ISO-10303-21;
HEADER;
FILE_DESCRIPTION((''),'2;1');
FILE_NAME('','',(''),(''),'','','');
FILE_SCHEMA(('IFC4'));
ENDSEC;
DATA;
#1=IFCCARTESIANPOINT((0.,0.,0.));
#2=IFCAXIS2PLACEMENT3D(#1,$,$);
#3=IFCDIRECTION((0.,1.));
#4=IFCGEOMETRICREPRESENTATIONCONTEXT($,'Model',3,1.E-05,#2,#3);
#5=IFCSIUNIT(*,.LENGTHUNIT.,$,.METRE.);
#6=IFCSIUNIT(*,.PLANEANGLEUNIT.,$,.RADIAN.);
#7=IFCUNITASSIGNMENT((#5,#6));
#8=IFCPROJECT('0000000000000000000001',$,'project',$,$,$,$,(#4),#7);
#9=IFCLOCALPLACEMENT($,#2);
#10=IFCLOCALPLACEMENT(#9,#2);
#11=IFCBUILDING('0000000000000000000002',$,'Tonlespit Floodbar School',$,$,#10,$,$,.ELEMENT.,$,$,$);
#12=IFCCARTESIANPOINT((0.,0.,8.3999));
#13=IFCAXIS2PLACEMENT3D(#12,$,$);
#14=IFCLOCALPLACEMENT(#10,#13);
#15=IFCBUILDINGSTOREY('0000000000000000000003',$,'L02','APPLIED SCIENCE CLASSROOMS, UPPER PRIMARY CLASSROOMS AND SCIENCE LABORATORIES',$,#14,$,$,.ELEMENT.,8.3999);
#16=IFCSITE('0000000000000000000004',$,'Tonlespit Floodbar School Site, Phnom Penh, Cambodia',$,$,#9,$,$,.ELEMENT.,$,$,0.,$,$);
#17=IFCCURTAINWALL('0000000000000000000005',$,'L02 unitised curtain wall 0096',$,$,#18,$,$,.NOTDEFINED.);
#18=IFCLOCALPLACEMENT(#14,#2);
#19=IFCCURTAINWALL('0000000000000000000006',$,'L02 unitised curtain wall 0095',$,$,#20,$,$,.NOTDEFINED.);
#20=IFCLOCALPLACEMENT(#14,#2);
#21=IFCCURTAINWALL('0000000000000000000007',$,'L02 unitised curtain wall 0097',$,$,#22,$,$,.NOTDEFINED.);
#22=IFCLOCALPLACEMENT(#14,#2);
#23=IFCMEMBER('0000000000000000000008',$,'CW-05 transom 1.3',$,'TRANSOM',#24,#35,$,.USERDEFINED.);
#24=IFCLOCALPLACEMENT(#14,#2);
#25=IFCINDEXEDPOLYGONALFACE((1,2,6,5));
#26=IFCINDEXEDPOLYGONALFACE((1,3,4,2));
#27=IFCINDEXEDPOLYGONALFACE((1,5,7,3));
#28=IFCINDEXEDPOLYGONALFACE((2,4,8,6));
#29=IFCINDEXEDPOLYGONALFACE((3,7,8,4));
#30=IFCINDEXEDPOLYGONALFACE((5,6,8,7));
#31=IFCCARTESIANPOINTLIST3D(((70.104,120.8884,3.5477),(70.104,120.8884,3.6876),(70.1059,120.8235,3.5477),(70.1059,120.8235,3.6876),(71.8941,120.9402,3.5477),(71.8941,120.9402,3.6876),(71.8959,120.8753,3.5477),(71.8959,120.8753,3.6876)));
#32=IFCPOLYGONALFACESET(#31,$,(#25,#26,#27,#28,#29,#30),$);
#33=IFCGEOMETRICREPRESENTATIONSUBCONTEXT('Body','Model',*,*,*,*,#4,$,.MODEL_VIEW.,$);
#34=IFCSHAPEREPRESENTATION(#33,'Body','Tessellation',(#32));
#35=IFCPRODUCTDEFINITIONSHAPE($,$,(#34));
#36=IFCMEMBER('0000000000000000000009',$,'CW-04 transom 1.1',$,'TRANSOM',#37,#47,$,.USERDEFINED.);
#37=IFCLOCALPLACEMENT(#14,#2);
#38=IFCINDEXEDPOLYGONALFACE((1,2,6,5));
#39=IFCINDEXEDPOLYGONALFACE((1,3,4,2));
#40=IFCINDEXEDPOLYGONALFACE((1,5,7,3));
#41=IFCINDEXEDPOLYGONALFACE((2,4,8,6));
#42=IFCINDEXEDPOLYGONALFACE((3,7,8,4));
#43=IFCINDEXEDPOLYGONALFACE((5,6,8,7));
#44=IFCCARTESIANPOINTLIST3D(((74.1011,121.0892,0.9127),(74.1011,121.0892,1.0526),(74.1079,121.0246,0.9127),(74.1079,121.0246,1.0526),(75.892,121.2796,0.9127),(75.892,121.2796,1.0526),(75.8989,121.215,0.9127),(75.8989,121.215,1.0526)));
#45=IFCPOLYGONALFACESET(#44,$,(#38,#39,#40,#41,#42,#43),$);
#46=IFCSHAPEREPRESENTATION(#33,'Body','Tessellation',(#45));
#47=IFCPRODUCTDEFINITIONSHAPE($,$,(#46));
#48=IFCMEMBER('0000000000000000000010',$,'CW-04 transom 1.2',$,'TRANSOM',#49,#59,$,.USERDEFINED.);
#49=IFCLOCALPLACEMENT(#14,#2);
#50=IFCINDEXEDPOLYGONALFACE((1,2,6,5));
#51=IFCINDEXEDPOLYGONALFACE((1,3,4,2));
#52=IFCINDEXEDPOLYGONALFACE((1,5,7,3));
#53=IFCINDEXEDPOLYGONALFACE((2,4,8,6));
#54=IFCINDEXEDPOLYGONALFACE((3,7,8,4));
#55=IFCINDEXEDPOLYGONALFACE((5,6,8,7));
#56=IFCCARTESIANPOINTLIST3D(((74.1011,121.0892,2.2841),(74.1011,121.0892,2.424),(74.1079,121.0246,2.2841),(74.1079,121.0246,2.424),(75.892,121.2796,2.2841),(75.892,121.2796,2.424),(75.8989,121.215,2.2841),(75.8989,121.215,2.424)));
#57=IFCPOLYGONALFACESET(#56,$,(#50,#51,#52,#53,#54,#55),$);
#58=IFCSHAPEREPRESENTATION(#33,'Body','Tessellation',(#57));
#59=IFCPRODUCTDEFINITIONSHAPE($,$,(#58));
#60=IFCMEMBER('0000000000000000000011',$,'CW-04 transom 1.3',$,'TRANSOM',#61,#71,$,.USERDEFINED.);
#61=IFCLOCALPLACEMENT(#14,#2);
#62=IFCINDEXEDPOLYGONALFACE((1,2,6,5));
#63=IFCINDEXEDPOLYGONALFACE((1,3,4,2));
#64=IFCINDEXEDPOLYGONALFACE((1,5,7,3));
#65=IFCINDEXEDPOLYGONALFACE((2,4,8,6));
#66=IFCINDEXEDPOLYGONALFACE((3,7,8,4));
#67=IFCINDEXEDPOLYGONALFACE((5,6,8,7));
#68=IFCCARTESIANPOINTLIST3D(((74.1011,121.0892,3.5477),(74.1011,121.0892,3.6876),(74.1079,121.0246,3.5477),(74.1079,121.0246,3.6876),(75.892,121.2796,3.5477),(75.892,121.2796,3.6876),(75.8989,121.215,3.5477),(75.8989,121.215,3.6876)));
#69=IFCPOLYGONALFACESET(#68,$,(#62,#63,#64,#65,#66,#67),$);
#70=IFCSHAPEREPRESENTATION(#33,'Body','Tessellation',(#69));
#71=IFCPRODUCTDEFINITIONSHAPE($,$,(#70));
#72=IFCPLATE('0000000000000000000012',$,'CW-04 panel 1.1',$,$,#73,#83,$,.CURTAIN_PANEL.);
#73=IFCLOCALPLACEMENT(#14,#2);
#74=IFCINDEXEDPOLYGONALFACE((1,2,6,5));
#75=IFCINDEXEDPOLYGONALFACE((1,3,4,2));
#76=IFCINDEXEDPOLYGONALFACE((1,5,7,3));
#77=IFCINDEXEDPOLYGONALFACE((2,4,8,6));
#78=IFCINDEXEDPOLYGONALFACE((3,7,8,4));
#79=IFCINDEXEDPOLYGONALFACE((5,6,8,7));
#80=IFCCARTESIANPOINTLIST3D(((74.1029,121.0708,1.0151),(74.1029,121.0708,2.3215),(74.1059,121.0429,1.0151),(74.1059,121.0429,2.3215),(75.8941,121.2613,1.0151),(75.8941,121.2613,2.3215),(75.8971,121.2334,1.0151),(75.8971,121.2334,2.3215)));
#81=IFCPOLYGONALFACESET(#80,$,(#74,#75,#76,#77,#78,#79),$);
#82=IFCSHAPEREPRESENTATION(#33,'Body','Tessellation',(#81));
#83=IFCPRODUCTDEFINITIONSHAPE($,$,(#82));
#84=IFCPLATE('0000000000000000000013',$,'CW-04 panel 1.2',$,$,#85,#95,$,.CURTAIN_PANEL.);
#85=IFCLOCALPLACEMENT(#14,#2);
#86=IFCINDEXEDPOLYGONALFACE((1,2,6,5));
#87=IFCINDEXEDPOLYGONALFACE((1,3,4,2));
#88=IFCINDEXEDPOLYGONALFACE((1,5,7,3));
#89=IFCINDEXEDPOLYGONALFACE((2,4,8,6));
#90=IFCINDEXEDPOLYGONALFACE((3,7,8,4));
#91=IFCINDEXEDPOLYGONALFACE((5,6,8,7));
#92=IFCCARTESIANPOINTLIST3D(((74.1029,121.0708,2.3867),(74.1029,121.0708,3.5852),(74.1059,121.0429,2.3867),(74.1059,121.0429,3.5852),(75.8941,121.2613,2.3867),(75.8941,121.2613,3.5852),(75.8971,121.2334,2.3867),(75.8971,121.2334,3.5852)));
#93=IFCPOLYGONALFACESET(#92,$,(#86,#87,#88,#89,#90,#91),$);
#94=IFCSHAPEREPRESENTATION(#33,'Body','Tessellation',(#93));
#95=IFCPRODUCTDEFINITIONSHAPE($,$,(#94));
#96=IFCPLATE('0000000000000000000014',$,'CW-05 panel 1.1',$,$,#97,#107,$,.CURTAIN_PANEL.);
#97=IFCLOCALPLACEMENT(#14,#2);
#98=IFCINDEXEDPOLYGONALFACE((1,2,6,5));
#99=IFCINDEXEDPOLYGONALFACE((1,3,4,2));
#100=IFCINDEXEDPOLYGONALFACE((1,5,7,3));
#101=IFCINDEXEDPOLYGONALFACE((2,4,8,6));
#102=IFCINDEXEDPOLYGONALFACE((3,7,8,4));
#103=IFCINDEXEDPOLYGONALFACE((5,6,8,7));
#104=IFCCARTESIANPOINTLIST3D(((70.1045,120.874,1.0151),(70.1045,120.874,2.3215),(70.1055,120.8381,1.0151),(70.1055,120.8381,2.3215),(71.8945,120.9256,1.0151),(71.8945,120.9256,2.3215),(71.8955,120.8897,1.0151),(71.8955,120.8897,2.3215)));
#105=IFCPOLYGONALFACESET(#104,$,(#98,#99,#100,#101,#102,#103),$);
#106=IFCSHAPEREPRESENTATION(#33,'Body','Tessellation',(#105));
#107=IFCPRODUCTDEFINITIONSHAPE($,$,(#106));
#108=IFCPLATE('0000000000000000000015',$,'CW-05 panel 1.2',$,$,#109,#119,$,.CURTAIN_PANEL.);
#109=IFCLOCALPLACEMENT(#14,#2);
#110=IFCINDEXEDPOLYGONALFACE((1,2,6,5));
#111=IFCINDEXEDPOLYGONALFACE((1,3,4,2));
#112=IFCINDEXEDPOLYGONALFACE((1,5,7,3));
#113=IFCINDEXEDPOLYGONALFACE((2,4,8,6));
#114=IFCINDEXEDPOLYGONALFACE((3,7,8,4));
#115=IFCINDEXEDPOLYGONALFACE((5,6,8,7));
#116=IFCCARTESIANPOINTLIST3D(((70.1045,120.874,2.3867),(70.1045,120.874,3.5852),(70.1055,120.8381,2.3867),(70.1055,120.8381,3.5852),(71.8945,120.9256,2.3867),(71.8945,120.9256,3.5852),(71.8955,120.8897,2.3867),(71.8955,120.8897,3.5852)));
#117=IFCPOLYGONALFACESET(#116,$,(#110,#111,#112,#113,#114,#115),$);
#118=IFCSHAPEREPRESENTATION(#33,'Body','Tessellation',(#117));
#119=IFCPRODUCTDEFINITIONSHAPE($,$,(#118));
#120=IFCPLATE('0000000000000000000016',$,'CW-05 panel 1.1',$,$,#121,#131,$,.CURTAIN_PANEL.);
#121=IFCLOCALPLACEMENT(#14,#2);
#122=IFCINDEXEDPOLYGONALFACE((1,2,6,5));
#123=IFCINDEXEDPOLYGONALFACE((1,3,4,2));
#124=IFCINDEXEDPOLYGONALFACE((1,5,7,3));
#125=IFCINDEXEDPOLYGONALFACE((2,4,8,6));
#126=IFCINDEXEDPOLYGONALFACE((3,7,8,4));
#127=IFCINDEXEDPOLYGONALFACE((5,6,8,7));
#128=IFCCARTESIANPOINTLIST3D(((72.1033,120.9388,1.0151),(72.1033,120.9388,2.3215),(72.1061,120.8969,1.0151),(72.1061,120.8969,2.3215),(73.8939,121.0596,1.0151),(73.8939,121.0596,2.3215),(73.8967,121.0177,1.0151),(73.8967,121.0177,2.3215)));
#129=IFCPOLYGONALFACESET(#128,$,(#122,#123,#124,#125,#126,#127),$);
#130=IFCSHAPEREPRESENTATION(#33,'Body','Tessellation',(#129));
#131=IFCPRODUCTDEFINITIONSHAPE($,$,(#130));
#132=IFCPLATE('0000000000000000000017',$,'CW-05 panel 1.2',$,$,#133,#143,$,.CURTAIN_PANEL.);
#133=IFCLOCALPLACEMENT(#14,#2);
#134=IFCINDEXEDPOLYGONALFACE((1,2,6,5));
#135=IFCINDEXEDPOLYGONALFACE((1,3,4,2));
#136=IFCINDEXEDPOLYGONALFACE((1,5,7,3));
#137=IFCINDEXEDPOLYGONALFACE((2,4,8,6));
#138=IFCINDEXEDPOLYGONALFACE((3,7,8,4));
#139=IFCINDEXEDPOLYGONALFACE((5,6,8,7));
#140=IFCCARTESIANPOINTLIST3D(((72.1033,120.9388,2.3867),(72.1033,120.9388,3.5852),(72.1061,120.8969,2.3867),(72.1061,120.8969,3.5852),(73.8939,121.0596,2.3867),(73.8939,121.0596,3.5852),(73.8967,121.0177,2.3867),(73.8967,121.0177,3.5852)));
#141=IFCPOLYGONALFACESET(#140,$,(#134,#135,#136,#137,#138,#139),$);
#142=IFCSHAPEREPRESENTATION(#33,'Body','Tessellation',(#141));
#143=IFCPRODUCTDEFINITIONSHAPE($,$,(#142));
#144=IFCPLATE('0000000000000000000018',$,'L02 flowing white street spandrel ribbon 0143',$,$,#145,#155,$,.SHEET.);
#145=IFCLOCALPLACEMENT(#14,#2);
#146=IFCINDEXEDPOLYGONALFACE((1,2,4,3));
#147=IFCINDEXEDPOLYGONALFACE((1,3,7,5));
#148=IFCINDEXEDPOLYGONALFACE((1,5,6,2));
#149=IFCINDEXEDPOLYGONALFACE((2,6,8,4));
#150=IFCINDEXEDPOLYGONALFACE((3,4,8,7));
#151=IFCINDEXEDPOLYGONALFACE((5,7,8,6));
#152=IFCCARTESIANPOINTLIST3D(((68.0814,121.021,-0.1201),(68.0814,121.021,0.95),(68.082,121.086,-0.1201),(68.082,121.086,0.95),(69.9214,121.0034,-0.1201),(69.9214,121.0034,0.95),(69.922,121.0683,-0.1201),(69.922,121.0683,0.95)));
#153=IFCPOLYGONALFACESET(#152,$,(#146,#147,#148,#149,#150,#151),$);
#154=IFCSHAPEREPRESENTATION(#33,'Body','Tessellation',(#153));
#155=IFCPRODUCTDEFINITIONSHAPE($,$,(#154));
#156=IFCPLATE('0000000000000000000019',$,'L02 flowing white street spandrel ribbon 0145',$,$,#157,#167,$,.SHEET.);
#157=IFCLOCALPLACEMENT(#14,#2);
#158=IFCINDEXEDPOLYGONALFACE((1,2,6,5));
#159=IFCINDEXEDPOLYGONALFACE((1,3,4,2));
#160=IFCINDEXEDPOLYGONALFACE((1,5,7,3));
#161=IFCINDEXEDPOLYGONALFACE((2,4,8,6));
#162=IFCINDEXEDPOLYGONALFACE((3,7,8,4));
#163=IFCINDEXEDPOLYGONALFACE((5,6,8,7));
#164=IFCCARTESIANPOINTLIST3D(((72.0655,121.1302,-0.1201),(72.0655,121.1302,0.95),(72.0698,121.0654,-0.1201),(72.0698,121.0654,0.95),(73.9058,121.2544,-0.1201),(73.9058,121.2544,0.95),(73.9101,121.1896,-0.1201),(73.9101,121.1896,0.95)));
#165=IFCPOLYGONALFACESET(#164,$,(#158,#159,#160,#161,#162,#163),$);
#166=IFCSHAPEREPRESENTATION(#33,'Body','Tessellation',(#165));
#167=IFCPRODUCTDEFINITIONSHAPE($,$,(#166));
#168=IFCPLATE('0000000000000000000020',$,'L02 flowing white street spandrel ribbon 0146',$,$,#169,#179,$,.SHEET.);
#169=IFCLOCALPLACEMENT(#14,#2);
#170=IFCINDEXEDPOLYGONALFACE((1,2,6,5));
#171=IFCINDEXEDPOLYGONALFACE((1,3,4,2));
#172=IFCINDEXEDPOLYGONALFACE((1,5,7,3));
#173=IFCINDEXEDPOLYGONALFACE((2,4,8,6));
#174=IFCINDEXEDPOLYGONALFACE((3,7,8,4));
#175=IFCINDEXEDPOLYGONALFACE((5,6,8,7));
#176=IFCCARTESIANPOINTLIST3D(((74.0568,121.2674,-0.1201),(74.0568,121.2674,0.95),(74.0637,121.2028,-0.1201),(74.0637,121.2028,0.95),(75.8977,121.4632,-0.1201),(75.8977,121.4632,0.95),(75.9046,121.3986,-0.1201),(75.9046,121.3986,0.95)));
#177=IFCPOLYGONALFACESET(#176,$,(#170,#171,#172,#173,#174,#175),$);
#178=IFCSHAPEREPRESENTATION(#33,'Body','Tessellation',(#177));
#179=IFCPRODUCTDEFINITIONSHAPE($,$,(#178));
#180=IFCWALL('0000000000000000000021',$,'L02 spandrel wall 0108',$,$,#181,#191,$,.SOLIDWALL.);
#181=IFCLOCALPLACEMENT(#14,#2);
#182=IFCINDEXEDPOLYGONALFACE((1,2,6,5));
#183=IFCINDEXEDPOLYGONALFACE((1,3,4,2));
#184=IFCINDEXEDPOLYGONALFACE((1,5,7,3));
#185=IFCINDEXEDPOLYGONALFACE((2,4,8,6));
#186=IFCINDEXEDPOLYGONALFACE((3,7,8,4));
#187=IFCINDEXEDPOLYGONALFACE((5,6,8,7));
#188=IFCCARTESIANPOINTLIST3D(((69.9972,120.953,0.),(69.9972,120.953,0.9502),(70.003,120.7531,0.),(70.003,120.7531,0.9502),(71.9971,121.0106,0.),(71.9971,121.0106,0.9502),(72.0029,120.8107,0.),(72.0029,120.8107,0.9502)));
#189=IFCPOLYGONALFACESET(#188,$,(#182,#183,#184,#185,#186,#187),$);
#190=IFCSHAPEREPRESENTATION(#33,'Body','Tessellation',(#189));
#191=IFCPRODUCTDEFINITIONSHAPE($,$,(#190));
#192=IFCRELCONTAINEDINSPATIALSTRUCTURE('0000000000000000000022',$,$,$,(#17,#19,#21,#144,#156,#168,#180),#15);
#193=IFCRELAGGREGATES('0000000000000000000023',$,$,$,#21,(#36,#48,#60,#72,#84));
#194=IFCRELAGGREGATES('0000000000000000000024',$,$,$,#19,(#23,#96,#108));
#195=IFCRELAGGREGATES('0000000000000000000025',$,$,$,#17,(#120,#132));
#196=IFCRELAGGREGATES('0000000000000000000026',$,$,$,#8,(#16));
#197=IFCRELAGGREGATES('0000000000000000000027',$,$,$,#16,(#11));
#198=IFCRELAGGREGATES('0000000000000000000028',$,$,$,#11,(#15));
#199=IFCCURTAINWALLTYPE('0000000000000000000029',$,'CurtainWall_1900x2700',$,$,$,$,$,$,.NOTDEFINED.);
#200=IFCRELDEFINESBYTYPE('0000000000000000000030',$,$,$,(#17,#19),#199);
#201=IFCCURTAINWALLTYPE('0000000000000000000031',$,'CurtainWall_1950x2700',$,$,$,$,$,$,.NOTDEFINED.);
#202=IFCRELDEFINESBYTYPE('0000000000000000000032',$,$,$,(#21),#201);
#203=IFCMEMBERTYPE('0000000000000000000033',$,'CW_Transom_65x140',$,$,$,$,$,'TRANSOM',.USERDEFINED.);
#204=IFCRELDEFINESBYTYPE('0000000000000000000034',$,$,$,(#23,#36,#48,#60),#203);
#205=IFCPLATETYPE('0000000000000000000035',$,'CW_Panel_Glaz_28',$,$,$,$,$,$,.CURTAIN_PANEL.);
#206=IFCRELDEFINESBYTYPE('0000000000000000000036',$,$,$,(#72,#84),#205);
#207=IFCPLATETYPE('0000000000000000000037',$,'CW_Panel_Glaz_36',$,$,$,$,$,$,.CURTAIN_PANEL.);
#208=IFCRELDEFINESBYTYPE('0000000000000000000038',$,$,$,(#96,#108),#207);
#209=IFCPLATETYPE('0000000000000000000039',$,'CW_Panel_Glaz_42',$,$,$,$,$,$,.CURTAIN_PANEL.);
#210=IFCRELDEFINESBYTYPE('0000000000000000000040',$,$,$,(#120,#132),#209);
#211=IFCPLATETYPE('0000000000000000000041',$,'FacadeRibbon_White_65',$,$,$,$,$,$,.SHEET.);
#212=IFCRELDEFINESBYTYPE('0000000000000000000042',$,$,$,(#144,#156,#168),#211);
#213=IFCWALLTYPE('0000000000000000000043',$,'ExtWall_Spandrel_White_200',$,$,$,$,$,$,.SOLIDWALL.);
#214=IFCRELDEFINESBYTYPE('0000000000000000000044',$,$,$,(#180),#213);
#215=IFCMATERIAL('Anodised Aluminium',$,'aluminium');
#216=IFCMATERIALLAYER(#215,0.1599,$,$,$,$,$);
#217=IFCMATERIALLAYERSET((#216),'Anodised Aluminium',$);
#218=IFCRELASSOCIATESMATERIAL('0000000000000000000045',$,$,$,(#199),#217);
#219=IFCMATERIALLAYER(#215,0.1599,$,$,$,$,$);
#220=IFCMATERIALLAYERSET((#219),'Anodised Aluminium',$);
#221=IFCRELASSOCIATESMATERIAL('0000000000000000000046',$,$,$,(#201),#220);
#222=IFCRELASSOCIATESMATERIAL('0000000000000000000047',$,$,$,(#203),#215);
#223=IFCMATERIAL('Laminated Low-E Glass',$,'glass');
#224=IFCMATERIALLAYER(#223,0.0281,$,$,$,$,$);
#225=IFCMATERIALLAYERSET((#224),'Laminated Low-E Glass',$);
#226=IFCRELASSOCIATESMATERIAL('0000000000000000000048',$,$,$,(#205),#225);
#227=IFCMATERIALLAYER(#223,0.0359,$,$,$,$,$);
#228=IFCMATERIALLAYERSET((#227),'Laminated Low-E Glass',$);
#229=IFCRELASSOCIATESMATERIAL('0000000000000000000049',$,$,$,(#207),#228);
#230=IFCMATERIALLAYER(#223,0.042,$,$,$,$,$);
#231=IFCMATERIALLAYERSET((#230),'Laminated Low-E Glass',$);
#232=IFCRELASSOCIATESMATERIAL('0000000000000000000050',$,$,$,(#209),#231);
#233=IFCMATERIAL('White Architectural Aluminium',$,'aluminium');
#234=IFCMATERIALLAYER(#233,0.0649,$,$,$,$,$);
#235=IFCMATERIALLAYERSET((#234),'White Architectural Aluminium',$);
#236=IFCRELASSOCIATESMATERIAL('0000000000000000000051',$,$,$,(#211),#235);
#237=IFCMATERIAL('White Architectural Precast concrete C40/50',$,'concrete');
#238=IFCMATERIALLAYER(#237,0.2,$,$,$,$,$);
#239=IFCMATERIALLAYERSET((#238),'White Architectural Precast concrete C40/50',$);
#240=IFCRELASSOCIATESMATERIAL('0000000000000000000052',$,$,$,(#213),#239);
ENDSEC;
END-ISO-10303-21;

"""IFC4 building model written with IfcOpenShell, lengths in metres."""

from ifc_helpers import new_model, si_unit, direction, frame, frame_2d, origin, origin_2d, place, context, subcontext, project, spatial, rectangle, extrude, material, layer, layer_set, material_profile, profile_set, type_object, element, aggregate, save


model = new_model("IFC4")

# Units and contexts
model_context = context("Model", 3, precision=1e-05, world=origin(), true_north=direction((0.0, 1.0)))
body_context = subcontext(model_context, "Body", "Model", "MODEL_VIEW")
ifc_project = project(units=[si_unit("LENGTHUNIT", "METRE"), si_unit("PLANEANGLEUNIT", "RADIAN")], contexts=[model_context])

# Site, building, storey
site_placement = place(None, origin())
site = spatial("IfcSite", under=ifc_project, at=site_placement, Name="Tonlespit Floodbar School Site, Phnom Penh, Cambodia", CompositionType="ELEMENT", RefElevation=0.0)
building_placement = place(site_placement, origin())
building = spatial("IfcBuilding", under=site, at=building_placement, Name="Tonlespit Floodbar School", CompositionType="ELEMENT")
storey_placement = place(building_placement, frame((0.0, 0.0, 8.3999)))
storey = spatial("IfcBuildingStorey", under=building, at=storey_placement, Name="L02", Description="APPLIED SCIENCE CLASSROOMS, UPPER PRIMARY CLASSROOMS AND SCIENCE LABORATORIES", CompositionType="ELEMENT", Elevation=8.3999)

# Shared definitions
ifc_material_1 = material(Name="Anodised Aluminium", Category="aluminium")
ifc_layer_1 = layer(ifc_material_1, 0.1599)
ifc_layer_set_1 = layer_set([ifc_layer_1], Name="Anodised Aluminium")
curtain_wall_type_1 = type_object("IfcCurtainWallType", Name="CurtainWall_1900x2700", PredefinedType="NOTDEFINED", material=ifc_layer_set_1)

# Curtain wall
curtain_wall_1_placement = place(storey_placement, origin())
curtain_wall_1 = element("IfcCurtainWall", 1, at=curtain_wall_1_placement, inside=storey, type_object=curtain_wall_type_1, Name="L02 unitised curtain wall 0096", PredefinedType="NOTDEFINED")

# Shared definitions
ifc_layer_2 = layer(ifc_material_1, 0.1599)
ifc_layer_set_2 = layer_set([ifc_layer_2], Name="Anodised Aluminium")
curtain_wall_type_2 = type_object("IfcCurtainWallType", Name="CurtainWall_1950x2700", PredefinedType="NOTDEFINED", material=ifc_layer_set_2)

# Curtain walls
curtain_wall_2_placement = place(storey_placement, origin())
curtain_wall_2 = element("IfcCurtainWall", 2, at=curtain_wall_2_placement, inside=storey, type_object=curtain_wall_type_1, Name="L02 unitised curtain wall 0095", PredefinedType="NOTDEFINED")
curtain_wall_3_placement = place(storey_placement, origin())
curtain_wall_3 = element("IfcCurtainWall", 3, at=curtain_wall_3_placement, inside=storey, type_object=curtain_wall_type_2, Name="L02 unitised curtain wall 0097", PredefinedType="NOTDEFINED")

# Members
ifc_material_profile_1 = material_profile(ifc_material_1, rectangle(XDim=0.0649, YDim=0.1399, at=origin_2d()), Name="ALU T65x140")
ifc_profile_set_1 = profile_set([ifc_material_profile_1], Name="Anodised Aluminium")
member_type_1 = type_object("IfcMemberType", Name="CW_Transom_65x140", ElementType="TRANSOM", PredefinedType="USERDEFINED", material=ifc_profile_set_1)
member_1_placement = place(storey_placement, frame((70.105, 120.856, 3.6177), z_axis=(0.999582, 0.028902, 0.0), x_axis=(-0.028902, 0.999582, 0.0)))
member_1 = element("IfcMember", 4, at=member_1_placement, type_object=member_type_1, Name="CW-05 transom 1.3", ObjectType="TRANSOM", PredefinedType="USERDEFINED", context=body_context, shape_type="SweptSolid", body=[
    extrude(rectangle(XDim=0.0649, YDim=0.1399, at=origin_2d()), origin(), (0.0, 0.0, 1.0), 1.7908),
])
member_2_placement = place(storey_placement, frame((74.1045, 121.0569, 0.9827), z_axis=(0.994395, 0.105729, 0.0), x_axis=(-0.105729, 0.994395, 0.0)))
member_2 = element("IfcMember", 5, at=member_2_placement, type_object=member_type_1, Name="CW-04 transom 1.1", ObjectType="TRANSOM", PredefinedType="USERDEFINED", context=body_context, shape_type="SweptSolid", body=[
    extrude(rectangle(XDim=0.0649, YDim=0.1399, at=origin_2d()), origin(), (0.0, 0.0, 1.0), 1.801),
])
member_3_placement = place(storey_placement, frame((74.1045, 121.0569, 2.354), z_axis=(0.994395, 0.105729, 0.0), x_axis=(-0.105729, 0.994395, 0.0)))
member_3 = element("IfcMember", 6, at=member_3_placement, type_object=member_type_1, Name="CW-04 transom 1.2", ObjectType="TRANSOM", PredefinedType="USERDEFINED", context=body_context, shape_type="SweptSolid", body=[
    extrude(rectangle(XDim=0.0649, YDim=0.1399, at=origin_2d()), origin(), (0.0, 0.0, 1.0), 1.801),
])
member_4_placement = place(storey_placement, frame((74.1045, 121.0569, 3.6177), z_axis=(0.994395, 0.105729, 0.0), x_axis=(-0.105729, 0.994395, 0.0)))
member_4 = element("IfcMember", 7, at=member_4_placement, type_object=member_type_1, Name="CW-04 transom 1.3", ObjectType="TRANSOM", PredefinedType="USERDEFINED", context=body_context, shape_type="SweptSolid", body=[
    extrude(rectangle(XDim=0.0649, YDim=0.1399, at=origin_2d()), origin(), (0.0, 0.0, 1.0), 1.801),
])

# Plates
ifc_material_2 = material(Name="Laminated Low-E Glass", Category="glass")
ifc_layer_3 = layer(ifc_material_2, 0.0281)
ifc_layer_set_3 = layer_set([ifc_layer_3], Name="Laminated Low-E Glass")
plate_type_1 = type_object("IfcPlateType", Name="CW_Panel_Glaz_28", PredefinedType="CURTAIN_PANEL", material=ifc_layer_set_3)
plate_1_placement = place(storey_placement, frame((75.0, 121.1521, 1.0151), z_axis=(0.0, 0.0, 1.0), x_axis=(0.994389, 0.105787, 0.0)))
plate_1 = element("IfcPlate", 8, at=plate_1_placement, type_object=plate_type_1, Name="CW-04 panel 1.1", PredefinedType="CURTAIN_PANEL", context=body_context, shape_type="SweptSolid", body=[
    extrude(rectangle(XDim=1.8013, YDim=0.0281, at=origin_2d()), origin(), (0.0, 0.0, 1.0), 1.3064),
])
plate_2_placement = place(storey_placement, frame((75.0, 121.1521, 2.3867), z_axis=(0.0, 0.0, 1.0), x_axis=(0.994389, 0.105787, 0.0)))
plate_2 = element("IfcPlate", 9, at=plate_2_placement, type_object=plate_type_1, Name="CW-04 panel 1.2", PredefinedType="CURTAIN_PANEL", context=body_context, shape_type="SweptSolid", body=[
    extrude(rectangle(XDim=1.8013, YDim=0.0281, at=origin_2d()), origin(), (0.0, 0.0, 1.0), 1.1985),
])
aggregate(curtain_wall_3, [member_2, member_3, member_4, plate_1, plate_2])
ifc_layer_4 = layer(ifc_material_2, 0.0359)
ifc_layer_set_4 = layer_set([ifc_layer_4], Name="Laminated Low-E Glass")
plate_type_2 = type_object("IfcPlateType", Name="CW_Panel_Glaz_36", PredefinedType="CURTAIN_PANEL", material=ifc_layer_set_4)
plate_3_placement = place(storey_placement, frame((71.0, 120.8818, 1.0151), z_axis=(0.0, 0.0, 1.0), x_axis=(0.999585, 0.02879, 0.0)))
plate_3 = element("IfcPlate", 10, at=plate_3_placement, type_object=plate_type_2, Name="CW-05 panel 1.1", PredefinedType="CURTAIN_PANEL", context=body_context, shape_type="SweptSolid", body=[
    extrude(rectangle(XDim=1.7908, YDim=0.0359, at=origin_2d()), origin(), (0.0, 0.0, 1.0), 1.3064),
])
plate_4_placement = place(storey_placement, frame((71.0, 120.8818, 2.3867), z_axis=(0.0, 0.0, 1.0), x_axis=(0.999585, 0.02879, 0.0)))
plate_4 = element("IfcPlate", 11, at=plate_4_placement, type_object=plate_type_2, Name="CW-05 panel 1.2", PredefinedType="CURTAIN_PANEL", context=body_context, shape_type="SweptSolid", body=[
    extrude(rectangle(XDim=1.7908, YDim=0.0359, at=origin_2d()), origin(), (0.0, 0.0, 1.0), 1.1985),
])
aggregate(curtain_wall_2, [member_1, plate_3, plate_4])
ifc_layer_5 = layer(ifc_material_2, 0.042)
ifc_layer_set_5 = layer_set([ifc_layer_5], Name="Laminated Low-E Glass")
plate_type_3 = type_object("IfcPlateType", Name="CW_Panel_Glaz_42", PredefinedType="CURTAIN_PANEL", material=ifc_layer_set_5)
plate_5_placement = place(storey_placement, frame((73.0, 120.9783, 1.0151), z_axis=(0.0, 0.0, 1.0), x_axis=(0.99773, 0.06734, 0.0)))
plate_5 = element("IfcPlate", 12, at=plate_5_placement, type_object=plate_type_3, Name="CW-05 panel 1.1", PredefinedType="CURTAIN_PANEL", context=body_context, shape_type="SweptSolid", body=[
    extrude(rectangle(XDim=1.7947, YDim=0.042, at=origin_2d()), origin(), (0.0, 0.0, 1.0), 1.3064),
])
plate_6_placement = place(storey_placement, frame((73.0, 120.9783, 2.3867), z_axis=(0.0, 0.0, 1.0), x_axis=(0.99773, 0.06734, 0.0)))
plate_6 = element("IfcPlate", 13, at=plate_6_placement, type_object=plate_type_3, Name="CW-05 panel 1.2", PredefinedType="CURTAIN_PANEL", context=body_context, shape_type="SweptSolid", body=[
    extrude(rectangle(XDim=1.7947, YDim=0.042, at=origin_2d()), origin(), (0.0, 0.0, 1.0), 1.1985),
])
aggregate(curtain_wall_1, [plate_5, plate_6])

# Plates
ifc_material_3 = material(Name="White Architectural Aluminium", Category="aluminium")
ifc_layer_6 = layer(ifc_material_3, 0.0649)
ifc_layer_set_6 = layer_set([ifc_layer_6], Name="White Architectural Aluminium")
plate_type_4 = type_object("IfcPlateType", Name="FacadeRibbon_White_65", PredefinedType="SHEET", material=ifc_layer_set_6)
plate_7_placement = place(storey_placement, frame((69.0017, 121.0447, -0.1201), z_axis=(0.0, 0.0, 1.0), x_axis=(0.999954, -0.009599, 0.0)))
element("IfcPlate", 14, at=plate_7_placement, inside=storey, type_object=plate_type_4, Name="L02 flowing white street spandrel ribbon 0143", PredefinedType="SHEET", context=body_context, shape_type="SweptSolid", body=[
    extrude(rectangle(XDim=1.8401, YDim=0.0649, at=origin_2d()), origin(), (0.0, 0.0, 1.0), 1.0701),
])
plate_8_placement = place(storey_placement, frame((72.9878, 121.1599, -0.1201), z_axis=(0.0, 0.0, 1.0), x_axis=(0.99773, 0.067347, 0.0)))
element("IfcPlate", 15, at=plate_8_placement, inside=storey, type_object=plate_type_4, Name="L02 flowing white street spandrel ribbon 0145", PredefinedType="SHEET", context=body_context, shape_type="SweptSolid", body=[
    extrude(rectangle(XDim=1.8445, YDim=0.0649, at=origin_2d()), origin(), (0.0, 0.0, 1.0), 1.0701),
])
plate_9_placement = place(storey_placement, frame((74.9807, 121.333, -0.1201), z_axis=(0.0, 0.0, 1.0), x_axis=(0.994392, 0.105754, 0.0)))
element("IfcPlate", 16, at=plate_9_placement, inside=storey, type_object=plate_type_4, Name="L02 flowing white street spandrel ribbon 0146", PredefinedType="SHEET", context=body_context, shape_type="SweptSolid", body=[
    extrude(rectangle(XDim=1.8513, YDim=0.0649, at=origin_2d()), origin(), (0.0, 0.0, 1.0), 1.0701),
])

# Wall
ifc_material_4 = material(Name="White Architectural Precast concrete C40/50", Category="concrete")
ifc_layer_7 = layer(ifc_material_4, 0.2)
ifc_layer_set_7 = layer_set([ifc_layer_7], Name="White Architectural Precast concrete C40/50")
wall_type = type_object("IfcWallType", Name="ExtWall_Spandrel_White_200", PredefinedType="SOLIDWALL", material=ifc_layer_set_7)
wall_1_placement = place(storey_placement, frame((70.0, 120.853, 0.0), z_axis=(0.0, 0.0, 1.0), x_axis=(0.999585, 0.028797, 0.0)))
element("IfcWall", 17, at=wall_1_placement, inside=storey, type_object=wall_type, Name="L02 spandrel wall 0108", PredefinedType="SOLIDWALL", context=body_context, shape_type="SweptSolid", body=[
    extrude(rectangle(XDim=2.0007, YDim=0.2, at=frame_2d((1.0005, 0.0))), origin(), (0.0, 0.0, 1.0), 0.9502),
])

save(model, "model.ifc")
